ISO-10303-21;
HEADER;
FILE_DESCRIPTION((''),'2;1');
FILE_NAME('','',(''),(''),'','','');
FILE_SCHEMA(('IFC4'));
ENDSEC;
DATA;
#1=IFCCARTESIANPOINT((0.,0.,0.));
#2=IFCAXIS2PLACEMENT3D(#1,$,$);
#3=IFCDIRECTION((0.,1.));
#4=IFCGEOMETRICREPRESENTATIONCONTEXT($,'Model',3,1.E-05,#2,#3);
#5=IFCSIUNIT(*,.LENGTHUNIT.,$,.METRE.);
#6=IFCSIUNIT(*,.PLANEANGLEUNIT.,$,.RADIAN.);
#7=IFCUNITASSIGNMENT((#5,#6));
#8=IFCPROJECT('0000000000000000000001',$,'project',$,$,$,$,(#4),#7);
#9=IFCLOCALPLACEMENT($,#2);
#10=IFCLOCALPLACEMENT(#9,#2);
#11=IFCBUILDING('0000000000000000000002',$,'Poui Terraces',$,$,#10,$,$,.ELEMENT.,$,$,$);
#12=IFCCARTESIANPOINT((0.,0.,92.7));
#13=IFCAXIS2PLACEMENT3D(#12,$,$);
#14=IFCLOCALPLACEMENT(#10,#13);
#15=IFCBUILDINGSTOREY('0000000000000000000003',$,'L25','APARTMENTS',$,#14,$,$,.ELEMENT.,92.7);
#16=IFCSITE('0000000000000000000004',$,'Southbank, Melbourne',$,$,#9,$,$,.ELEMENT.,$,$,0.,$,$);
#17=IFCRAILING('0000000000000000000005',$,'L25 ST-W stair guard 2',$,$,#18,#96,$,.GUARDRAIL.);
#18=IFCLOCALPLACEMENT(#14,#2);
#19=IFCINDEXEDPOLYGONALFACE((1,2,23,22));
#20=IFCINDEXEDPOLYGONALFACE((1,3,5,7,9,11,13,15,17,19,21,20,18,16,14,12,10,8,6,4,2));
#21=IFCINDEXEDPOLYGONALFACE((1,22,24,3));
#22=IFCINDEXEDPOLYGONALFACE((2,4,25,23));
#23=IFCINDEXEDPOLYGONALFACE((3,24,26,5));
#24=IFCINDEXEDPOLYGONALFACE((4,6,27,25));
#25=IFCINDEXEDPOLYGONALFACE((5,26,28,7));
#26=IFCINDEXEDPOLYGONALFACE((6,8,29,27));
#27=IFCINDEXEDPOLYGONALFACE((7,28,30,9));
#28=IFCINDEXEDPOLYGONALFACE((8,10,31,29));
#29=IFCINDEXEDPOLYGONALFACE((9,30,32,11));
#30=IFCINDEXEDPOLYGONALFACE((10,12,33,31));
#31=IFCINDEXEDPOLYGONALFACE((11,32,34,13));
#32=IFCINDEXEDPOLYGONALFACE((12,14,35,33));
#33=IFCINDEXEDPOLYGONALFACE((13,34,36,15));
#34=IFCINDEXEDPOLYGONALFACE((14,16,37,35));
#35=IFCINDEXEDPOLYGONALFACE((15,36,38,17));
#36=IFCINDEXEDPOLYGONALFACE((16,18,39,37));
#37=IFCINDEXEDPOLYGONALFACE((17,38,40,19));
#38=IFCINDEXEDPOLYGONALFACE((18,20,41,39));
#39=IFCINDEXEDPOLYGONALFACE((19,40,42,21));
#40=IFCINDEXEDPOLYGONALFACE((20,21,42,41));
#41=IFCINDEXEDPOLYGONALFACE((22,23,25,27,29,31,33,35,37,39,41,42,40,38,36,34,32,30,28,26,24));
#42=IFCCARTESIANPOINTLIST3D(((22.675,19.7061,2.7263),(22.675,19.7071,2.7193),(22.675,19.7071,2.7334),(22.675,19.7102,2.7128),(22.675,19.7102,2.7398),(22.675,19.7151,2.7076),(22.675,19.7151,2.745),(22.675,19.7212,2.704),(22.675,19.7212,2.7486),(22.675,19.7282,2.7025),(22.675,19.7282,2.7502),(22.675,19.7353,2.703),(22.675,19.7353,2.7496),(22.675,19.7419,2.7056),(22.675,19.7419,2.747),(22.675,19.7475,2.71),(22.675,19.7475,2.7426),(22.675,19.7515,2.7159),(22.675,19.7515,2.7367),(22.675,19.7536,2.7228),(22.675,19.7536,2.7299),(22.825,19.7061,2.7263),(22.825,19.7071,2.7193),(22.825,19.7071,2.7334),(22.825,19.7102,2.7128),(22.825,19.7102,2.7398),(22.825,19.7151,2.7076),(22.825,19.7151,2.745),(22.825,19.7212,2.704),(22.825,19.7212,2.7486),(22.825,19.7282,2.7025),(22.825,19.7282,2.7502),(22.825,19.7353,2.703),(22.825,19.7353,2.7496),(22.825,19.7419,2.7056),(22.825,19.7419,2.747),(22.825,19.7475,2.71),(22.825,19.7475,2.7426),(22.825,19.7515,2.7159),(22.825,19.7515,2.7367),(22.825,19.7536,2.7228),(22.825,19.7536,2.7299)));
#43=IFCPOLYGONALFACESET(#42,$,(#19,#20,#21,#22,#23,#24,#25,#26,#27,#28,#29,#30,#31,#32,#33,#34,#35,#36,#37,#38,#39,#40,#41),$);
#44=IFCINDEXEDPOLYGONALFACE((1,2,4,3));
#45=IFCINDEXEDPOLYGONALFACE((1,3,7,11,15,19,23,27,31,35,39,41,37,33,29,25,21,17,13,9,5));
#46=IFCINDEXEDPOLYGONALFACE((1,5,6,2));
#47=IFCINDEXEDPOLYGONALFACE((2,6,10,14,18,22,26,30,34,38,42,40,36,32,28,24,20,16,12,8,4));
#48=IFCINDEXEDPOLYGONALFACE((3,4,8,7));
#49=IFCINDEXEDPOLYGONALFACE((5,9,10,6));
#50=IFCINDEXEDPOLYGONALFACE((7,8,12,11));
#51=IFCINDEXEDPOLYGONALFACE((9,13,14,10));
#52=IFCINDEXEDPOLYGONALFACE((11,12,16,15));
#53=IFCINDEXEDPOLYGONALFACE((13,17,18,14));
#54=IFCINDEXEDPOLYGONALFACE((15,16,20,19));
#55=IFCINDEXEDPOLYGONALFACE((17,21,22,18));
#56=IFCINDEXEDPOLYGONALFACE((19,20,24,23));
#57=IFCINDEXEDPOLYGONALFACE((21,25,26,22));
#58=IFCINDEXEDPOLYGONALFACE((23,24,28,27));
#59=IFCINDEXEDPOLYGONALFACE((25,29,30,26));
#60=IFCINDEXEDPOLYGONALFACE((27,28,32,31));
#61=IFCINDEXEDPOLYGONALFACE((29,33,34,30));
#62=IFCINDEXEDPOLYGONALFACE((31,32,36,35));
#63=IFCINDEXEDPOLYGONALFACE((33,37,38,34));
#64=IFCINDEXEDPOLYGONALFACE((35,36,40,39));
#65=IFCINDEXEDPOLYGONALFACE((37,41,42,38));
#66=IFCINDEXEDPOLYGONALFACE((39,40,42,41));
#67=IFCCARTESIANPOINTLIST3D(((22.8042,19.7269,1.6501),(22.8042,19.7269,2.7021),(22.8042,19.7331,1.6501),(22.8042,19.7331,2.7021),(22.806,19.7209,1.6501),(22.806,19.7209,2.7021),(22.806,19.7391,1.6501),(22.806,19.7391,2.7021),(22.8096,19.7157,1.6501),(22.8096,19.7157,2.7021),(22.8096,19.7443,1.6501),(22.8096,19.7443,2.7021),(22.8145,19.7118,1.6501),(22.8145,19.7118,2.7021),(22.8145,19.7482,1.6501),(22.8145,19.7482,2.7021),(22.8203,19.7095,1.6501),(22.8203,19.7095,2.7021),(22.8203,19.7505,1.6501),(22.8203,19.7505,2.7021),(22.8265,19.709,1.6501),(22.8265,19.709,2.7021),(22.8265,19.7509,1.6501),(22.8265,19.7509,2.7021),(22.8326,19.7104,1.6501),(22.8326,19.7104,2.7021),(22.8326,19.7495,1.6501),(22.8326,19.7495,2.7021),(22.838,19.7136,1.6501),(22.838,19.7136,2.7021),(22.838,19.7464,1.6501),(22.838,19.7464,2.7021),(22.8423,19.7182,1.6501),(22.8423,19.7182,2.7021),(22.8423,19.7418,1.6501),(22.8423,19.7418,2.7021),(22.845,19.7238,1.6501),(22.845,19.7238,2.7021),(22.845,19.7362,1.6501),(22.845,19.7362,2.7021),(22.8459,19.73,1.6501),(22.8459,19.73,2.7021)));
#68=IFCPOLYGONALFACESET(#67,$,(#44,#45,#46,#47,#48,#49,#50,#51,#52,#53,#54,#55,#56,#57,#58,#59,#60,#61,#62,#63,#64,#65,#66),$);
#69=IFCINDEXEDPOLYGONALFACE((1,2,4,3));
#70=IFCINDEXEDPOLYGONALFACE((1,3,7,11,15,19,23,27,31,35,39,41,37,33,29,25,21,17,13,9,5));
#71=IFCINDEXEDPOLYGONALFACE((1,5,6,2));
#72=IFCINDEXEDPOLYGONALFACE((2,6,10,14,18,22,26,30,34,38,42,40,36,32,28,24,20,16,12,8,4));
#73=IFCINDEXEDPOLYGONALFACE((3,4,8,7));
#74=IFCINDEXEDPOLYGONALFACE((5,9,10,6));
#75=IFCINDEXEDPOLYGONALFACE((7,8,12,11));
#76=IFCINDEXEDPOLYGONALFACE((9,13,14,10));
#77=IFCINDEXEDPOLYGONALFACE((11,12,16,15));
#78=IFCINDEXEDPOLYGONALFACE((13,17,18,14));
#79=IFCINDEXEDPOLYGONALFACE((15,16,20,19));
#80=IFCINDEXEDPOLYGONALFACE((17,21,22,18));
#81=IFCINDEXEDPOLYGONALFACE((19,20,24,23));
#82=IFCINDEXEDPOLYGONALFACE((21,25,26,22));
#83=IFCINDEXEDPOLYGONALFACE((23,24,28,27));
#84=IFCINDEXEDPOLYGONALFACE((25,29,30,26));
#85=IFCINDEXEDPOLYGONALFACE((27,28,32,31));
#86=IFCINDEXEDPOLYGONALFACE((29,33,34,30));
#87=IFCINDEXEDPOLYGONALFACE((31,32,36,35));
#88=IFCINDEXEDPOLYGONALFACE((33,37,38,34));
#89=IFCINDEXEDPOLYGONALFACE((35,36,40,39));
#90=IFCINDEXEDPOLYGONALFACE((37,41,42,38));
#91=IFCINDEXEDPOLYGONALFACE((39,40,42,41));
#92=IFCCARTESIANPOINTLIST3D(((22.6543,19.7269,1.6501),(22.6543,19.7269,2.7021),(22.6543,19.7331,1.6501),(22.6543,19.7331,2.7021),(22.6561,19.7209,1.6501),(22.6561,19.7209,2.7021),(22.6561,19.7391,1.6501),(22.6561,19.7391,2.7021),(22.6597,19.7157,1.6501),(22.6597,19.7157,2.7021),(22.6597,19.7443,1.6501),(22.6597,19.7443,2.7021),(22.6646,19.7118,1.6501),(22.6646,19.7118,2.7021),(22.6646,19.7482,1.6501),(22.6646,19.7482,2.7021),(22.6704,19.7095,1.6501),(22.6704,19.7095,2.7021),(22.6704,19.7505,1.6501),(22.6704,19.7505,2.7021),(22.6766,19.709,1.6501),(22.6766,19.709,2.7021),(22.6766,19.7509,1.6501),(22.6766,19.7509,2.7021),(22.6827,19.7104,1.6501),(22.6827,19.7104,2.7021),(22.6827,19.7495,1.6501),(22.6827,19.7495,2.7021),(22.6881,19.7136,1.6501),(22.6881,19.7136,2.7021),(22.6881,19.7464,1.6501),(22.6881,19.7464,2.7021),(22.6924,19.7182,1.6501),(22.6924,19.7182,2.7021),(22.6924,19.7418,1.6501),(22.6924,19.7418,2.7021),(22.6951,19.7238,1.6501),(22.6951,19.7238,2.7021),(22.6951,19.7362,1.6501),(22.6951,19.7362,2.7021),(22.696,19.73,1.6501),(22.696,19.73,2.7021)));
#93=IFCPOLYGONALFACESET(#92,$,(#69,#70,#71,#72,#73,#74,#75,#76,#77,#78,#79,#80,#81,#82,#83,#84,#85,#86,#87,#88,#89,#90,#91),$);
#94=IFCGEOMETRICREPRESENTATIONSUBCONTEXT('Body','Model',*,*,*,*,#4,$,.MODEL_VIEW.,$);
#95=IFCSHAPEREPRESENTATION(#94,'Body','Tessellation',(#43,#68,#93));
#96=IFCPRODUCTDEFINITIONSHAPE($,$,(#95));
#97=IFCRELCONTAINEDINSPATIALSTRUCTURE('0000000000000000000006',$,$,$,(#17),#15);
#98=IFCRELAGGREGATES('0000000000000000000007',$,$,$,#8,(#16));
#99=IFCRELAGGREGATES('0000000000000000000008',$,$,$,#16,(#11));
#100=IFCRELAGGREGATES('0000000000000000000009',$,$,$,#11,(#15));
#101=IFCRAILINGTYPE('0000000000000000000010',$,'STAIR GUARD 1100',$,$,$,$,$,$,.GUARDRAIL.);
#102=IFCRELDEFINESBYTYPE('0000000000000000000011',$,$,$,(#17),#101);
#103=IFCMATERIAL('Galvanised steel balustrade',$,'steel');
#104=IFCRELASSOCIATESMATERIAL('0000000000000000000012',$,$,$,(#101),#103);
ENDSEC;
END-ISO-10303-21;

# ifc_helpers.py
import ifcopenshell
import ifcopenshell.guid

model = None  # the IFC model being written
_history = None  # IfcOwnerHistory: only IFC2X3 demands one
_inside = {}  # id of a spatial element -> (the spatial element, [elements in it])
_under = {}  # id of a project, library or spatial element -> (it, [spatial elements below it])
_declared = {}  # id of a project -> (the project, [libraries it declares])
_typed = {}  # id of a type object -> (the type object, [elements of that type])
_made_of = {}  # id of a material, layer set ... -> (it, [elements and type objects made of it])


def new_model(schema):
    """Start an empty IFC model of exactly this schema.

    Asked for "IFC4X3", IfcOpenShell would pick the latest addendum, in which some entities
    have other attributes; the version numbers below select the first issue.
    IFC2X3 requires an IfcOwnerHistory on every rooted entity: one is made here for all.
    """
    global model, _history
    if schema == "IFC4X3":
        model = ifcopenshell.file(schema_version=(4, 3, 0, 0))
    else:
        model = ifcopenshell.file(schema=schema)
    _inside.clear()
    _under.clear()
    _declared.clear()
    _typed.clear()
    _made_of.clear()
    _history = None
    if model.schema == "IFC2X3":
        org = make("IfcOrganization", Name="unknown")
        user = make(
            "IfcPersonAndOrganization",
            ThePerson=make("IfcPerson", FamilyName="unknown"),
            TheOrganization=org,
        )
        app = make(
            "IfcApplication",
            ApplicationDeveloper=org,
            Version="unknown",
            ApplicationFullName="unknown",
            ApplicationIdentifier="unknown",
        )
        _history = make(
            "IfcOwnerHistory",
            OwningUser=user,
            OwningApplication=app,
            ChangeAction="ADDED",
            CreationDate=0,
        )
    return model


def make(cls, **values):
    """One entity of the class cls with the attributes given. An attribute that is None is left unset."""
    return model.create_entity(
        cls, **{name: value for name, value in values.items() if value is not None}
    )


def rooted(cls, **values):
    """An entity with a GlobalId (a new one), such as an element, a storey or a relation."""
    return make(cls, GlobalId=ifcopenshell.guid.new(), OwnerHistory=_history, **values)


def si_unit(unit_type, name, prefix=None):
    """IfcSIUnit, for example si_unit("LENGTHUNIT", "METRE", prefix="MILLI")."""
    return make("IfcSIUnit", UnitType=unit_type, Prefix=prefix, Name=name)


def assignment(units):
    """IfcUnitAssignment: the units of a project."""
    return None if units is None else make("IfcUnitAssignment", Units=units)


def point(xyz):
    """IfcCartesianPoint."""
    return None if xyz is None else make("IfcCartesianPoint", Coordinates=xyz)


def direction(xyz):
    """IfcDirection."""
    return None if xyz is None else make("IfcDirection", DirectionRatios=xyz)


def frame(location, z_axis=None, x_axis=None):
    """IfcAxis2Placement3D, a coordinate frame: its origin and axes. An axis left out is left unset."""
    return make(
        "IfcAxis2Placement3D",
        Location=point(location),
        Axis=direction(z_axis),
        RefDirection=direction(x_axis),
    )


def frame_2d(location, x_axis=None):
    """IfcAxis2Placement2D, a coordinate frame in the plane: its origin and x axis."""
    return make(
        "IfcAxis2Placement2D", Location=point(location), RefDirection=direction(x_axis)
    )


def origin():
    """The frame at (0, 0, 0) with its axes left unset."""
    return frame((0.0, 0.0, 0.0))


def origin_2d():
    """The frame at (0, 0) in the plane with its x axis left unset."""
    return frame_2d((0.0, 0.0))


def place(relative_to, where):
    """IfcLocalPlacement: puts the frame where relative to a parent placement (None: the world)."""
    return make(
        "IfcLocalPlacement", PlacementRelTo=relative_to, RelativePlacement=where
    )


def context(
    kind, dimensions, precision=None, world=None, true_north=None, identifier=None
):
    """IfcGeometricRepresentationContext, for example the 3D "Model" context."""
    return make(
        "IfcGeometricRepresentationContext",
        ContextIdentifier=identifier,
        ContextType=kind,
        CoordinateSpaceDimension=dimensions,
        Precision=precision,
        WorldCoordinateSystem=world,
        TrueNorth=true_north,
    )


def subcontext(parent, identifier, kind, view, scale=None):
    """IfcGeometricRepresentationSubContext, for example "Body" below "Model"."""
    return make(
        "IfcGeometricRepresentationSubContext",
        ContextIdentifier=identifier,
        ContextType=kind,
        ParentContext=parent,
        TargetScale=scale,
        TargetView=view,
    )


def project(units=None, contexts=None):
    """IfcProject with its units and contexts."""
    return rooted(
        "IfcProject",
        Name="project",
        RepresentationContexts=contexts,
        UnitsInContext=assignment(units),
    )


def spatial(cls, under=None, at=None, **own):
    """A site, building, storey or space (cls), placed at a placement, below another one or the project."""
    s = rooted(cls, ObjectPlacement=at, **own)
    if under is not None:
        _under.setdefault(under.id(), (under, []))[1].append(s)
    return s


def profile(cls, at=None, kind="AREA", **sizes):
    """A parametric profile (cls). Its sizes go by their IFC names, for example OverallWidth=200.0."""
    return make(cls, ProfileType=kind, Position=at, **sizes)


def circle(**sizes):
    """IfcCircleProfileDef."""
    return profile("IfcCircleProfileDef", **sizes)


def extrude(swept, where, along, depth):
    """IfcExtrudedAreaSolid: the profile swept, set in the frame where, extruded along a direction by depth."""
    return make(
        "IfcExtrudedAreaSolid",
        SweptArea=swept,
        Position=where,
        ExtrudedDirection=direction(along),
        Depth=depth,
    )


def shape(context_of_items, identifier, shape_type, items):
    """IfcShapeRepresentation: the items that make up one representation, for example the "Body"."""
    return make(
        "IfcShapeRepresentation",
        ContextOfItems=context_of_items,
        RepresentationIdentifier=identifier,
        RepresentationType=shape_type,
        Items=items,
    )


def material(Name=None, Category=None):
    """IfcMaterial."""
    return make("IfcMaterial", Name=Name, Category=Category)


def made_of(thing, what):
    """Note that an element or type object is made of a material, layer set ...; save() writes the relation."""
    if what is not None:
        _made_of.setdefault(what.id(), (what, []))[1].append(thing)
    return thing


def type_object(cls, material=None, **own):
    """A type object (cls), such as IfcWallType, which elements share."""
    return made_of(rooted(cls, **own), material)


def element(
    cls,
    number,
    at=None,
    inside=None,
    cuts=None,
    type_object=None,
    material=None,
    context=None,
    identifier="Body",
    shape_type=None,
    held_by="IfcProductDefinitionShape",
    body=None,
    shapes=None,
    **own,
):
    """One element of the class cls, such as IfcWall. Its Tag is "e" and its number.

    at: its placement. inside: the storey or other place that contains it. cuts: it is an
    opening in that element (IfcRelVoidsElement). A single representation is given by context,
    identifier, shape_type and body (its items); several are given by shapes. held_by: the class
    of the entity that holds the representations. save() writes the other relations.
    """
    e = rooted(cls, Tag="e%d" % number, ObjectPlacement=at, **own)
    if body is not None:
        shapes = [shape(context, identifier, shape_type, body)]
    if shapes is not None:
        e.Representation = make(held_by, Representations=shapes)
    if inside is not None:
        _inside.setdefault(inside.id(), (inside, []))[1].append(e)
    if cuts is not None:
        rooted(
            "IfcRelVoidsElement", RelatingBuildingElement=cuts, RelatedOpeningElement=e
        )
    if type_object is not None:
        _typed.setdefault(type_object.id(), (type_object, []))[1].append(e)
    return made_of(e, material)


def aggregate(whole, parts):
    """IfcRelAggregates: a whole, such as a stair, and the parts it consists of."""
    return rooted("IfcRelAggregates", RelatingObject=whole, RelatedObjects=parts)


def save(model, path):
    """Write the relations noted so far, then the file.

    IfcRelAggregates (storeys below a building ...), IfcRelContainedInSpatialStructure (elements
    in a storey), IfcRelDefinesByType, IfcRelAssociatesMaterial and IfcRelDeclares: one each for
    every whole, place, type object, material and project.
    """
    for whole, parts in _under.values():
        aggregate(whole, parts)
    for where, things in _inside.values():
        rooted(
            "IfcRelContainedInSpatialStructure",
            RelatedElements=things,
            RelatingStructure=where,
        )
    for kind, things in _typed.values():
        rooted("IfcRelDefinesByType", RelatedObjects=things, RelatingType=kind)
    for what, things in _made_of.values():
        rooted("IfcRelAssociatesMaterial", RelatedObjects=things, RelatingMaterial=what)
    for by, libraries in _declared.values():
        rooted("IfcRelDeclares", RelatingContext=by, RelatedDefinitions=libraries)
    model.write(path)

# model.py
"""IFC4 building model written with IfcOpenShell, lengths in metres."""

from ifc_helpers import new_model, si_unit, direction, frame, origin, origin_2d, place, context, subcontext, project, spatial, circle, extrude, material, type_object, element, save


model = new_model("IFC4")

# Units and contexts
model_context = context("Model", 3, precision=1e-05, world=origin(), true_north=direction((0.0, 1.0)))
body_context = subcontext(model_context, "Body", "Model", "MODEL_VIEW")
ifc_project = project(units=[si_unit("LENGTHUNIT", "METRE"), si_unit("PLANEANGLEUNIT", "RADIAN")], contexts=[model_context])

# Site, building, storey
site_placement = place(None, origin())
site = spatial("IfcSite", under=ifc_project, at=site_placement, Name="Southbank, Melbourne", CompositionType="ELEMENT", RefElevation=0.0)
building_placement = place(site_placement, origin())
building = spatial("IfcBuilding", under=site, at=building_placement, Name="Poui Terraces", CompositionType="ELEMENT")
storey_placement = place(building_placement, frame((0.0, 0.0, 92.7)))
storey = spatial("IfcBuildingStorey", under=building, at=storey_placement, Name="L25", Description="APARTMENTS", CompositionType="ELEMENT", Elevation=92.7)

# Railing
ifc_material_1 = material(Name="Galvanised steel balustrade", Category="steel")
railing_type_1 = type_object("IfcRailingType", Name="STAIR GUARD 1100", PredefinedType="GUARDRAIL", material=ifc_material_1)
railing_1_placement = place(storey_placement, frame((22.825, 19.73, 1.6501)))
element("IfcRailing", 1, at=railing_1_placement, inside=storey, type_object=railing_type_1, Name="L25 ST-W stair guard 2", PredefinedType="GUARDRAIL", context=body_context, shape_type="SweptSolid", body=[
    extrude(circle(Radius=0.0239, at=origin_2d()), frame((0.0, 0.0, 1.0762), z_axis=(-1.0, 0.0, 0.0), x_axis=(0.0, -1.0, 0.0)), (0.0, 0.0, 1.0), 0.1499),
    extrude(circle(Radius=0.021, at=origin_2d()), origin(), (0.0, 0.0, 1.0), 1.052),
    extrude(circle(Radius=0.021, at=origin_2d()), frame((-0.1499, 0.0, 0.0)), (0.0, 0.0, 1.0), 1.052),
])

save(model, "model.ifc")
